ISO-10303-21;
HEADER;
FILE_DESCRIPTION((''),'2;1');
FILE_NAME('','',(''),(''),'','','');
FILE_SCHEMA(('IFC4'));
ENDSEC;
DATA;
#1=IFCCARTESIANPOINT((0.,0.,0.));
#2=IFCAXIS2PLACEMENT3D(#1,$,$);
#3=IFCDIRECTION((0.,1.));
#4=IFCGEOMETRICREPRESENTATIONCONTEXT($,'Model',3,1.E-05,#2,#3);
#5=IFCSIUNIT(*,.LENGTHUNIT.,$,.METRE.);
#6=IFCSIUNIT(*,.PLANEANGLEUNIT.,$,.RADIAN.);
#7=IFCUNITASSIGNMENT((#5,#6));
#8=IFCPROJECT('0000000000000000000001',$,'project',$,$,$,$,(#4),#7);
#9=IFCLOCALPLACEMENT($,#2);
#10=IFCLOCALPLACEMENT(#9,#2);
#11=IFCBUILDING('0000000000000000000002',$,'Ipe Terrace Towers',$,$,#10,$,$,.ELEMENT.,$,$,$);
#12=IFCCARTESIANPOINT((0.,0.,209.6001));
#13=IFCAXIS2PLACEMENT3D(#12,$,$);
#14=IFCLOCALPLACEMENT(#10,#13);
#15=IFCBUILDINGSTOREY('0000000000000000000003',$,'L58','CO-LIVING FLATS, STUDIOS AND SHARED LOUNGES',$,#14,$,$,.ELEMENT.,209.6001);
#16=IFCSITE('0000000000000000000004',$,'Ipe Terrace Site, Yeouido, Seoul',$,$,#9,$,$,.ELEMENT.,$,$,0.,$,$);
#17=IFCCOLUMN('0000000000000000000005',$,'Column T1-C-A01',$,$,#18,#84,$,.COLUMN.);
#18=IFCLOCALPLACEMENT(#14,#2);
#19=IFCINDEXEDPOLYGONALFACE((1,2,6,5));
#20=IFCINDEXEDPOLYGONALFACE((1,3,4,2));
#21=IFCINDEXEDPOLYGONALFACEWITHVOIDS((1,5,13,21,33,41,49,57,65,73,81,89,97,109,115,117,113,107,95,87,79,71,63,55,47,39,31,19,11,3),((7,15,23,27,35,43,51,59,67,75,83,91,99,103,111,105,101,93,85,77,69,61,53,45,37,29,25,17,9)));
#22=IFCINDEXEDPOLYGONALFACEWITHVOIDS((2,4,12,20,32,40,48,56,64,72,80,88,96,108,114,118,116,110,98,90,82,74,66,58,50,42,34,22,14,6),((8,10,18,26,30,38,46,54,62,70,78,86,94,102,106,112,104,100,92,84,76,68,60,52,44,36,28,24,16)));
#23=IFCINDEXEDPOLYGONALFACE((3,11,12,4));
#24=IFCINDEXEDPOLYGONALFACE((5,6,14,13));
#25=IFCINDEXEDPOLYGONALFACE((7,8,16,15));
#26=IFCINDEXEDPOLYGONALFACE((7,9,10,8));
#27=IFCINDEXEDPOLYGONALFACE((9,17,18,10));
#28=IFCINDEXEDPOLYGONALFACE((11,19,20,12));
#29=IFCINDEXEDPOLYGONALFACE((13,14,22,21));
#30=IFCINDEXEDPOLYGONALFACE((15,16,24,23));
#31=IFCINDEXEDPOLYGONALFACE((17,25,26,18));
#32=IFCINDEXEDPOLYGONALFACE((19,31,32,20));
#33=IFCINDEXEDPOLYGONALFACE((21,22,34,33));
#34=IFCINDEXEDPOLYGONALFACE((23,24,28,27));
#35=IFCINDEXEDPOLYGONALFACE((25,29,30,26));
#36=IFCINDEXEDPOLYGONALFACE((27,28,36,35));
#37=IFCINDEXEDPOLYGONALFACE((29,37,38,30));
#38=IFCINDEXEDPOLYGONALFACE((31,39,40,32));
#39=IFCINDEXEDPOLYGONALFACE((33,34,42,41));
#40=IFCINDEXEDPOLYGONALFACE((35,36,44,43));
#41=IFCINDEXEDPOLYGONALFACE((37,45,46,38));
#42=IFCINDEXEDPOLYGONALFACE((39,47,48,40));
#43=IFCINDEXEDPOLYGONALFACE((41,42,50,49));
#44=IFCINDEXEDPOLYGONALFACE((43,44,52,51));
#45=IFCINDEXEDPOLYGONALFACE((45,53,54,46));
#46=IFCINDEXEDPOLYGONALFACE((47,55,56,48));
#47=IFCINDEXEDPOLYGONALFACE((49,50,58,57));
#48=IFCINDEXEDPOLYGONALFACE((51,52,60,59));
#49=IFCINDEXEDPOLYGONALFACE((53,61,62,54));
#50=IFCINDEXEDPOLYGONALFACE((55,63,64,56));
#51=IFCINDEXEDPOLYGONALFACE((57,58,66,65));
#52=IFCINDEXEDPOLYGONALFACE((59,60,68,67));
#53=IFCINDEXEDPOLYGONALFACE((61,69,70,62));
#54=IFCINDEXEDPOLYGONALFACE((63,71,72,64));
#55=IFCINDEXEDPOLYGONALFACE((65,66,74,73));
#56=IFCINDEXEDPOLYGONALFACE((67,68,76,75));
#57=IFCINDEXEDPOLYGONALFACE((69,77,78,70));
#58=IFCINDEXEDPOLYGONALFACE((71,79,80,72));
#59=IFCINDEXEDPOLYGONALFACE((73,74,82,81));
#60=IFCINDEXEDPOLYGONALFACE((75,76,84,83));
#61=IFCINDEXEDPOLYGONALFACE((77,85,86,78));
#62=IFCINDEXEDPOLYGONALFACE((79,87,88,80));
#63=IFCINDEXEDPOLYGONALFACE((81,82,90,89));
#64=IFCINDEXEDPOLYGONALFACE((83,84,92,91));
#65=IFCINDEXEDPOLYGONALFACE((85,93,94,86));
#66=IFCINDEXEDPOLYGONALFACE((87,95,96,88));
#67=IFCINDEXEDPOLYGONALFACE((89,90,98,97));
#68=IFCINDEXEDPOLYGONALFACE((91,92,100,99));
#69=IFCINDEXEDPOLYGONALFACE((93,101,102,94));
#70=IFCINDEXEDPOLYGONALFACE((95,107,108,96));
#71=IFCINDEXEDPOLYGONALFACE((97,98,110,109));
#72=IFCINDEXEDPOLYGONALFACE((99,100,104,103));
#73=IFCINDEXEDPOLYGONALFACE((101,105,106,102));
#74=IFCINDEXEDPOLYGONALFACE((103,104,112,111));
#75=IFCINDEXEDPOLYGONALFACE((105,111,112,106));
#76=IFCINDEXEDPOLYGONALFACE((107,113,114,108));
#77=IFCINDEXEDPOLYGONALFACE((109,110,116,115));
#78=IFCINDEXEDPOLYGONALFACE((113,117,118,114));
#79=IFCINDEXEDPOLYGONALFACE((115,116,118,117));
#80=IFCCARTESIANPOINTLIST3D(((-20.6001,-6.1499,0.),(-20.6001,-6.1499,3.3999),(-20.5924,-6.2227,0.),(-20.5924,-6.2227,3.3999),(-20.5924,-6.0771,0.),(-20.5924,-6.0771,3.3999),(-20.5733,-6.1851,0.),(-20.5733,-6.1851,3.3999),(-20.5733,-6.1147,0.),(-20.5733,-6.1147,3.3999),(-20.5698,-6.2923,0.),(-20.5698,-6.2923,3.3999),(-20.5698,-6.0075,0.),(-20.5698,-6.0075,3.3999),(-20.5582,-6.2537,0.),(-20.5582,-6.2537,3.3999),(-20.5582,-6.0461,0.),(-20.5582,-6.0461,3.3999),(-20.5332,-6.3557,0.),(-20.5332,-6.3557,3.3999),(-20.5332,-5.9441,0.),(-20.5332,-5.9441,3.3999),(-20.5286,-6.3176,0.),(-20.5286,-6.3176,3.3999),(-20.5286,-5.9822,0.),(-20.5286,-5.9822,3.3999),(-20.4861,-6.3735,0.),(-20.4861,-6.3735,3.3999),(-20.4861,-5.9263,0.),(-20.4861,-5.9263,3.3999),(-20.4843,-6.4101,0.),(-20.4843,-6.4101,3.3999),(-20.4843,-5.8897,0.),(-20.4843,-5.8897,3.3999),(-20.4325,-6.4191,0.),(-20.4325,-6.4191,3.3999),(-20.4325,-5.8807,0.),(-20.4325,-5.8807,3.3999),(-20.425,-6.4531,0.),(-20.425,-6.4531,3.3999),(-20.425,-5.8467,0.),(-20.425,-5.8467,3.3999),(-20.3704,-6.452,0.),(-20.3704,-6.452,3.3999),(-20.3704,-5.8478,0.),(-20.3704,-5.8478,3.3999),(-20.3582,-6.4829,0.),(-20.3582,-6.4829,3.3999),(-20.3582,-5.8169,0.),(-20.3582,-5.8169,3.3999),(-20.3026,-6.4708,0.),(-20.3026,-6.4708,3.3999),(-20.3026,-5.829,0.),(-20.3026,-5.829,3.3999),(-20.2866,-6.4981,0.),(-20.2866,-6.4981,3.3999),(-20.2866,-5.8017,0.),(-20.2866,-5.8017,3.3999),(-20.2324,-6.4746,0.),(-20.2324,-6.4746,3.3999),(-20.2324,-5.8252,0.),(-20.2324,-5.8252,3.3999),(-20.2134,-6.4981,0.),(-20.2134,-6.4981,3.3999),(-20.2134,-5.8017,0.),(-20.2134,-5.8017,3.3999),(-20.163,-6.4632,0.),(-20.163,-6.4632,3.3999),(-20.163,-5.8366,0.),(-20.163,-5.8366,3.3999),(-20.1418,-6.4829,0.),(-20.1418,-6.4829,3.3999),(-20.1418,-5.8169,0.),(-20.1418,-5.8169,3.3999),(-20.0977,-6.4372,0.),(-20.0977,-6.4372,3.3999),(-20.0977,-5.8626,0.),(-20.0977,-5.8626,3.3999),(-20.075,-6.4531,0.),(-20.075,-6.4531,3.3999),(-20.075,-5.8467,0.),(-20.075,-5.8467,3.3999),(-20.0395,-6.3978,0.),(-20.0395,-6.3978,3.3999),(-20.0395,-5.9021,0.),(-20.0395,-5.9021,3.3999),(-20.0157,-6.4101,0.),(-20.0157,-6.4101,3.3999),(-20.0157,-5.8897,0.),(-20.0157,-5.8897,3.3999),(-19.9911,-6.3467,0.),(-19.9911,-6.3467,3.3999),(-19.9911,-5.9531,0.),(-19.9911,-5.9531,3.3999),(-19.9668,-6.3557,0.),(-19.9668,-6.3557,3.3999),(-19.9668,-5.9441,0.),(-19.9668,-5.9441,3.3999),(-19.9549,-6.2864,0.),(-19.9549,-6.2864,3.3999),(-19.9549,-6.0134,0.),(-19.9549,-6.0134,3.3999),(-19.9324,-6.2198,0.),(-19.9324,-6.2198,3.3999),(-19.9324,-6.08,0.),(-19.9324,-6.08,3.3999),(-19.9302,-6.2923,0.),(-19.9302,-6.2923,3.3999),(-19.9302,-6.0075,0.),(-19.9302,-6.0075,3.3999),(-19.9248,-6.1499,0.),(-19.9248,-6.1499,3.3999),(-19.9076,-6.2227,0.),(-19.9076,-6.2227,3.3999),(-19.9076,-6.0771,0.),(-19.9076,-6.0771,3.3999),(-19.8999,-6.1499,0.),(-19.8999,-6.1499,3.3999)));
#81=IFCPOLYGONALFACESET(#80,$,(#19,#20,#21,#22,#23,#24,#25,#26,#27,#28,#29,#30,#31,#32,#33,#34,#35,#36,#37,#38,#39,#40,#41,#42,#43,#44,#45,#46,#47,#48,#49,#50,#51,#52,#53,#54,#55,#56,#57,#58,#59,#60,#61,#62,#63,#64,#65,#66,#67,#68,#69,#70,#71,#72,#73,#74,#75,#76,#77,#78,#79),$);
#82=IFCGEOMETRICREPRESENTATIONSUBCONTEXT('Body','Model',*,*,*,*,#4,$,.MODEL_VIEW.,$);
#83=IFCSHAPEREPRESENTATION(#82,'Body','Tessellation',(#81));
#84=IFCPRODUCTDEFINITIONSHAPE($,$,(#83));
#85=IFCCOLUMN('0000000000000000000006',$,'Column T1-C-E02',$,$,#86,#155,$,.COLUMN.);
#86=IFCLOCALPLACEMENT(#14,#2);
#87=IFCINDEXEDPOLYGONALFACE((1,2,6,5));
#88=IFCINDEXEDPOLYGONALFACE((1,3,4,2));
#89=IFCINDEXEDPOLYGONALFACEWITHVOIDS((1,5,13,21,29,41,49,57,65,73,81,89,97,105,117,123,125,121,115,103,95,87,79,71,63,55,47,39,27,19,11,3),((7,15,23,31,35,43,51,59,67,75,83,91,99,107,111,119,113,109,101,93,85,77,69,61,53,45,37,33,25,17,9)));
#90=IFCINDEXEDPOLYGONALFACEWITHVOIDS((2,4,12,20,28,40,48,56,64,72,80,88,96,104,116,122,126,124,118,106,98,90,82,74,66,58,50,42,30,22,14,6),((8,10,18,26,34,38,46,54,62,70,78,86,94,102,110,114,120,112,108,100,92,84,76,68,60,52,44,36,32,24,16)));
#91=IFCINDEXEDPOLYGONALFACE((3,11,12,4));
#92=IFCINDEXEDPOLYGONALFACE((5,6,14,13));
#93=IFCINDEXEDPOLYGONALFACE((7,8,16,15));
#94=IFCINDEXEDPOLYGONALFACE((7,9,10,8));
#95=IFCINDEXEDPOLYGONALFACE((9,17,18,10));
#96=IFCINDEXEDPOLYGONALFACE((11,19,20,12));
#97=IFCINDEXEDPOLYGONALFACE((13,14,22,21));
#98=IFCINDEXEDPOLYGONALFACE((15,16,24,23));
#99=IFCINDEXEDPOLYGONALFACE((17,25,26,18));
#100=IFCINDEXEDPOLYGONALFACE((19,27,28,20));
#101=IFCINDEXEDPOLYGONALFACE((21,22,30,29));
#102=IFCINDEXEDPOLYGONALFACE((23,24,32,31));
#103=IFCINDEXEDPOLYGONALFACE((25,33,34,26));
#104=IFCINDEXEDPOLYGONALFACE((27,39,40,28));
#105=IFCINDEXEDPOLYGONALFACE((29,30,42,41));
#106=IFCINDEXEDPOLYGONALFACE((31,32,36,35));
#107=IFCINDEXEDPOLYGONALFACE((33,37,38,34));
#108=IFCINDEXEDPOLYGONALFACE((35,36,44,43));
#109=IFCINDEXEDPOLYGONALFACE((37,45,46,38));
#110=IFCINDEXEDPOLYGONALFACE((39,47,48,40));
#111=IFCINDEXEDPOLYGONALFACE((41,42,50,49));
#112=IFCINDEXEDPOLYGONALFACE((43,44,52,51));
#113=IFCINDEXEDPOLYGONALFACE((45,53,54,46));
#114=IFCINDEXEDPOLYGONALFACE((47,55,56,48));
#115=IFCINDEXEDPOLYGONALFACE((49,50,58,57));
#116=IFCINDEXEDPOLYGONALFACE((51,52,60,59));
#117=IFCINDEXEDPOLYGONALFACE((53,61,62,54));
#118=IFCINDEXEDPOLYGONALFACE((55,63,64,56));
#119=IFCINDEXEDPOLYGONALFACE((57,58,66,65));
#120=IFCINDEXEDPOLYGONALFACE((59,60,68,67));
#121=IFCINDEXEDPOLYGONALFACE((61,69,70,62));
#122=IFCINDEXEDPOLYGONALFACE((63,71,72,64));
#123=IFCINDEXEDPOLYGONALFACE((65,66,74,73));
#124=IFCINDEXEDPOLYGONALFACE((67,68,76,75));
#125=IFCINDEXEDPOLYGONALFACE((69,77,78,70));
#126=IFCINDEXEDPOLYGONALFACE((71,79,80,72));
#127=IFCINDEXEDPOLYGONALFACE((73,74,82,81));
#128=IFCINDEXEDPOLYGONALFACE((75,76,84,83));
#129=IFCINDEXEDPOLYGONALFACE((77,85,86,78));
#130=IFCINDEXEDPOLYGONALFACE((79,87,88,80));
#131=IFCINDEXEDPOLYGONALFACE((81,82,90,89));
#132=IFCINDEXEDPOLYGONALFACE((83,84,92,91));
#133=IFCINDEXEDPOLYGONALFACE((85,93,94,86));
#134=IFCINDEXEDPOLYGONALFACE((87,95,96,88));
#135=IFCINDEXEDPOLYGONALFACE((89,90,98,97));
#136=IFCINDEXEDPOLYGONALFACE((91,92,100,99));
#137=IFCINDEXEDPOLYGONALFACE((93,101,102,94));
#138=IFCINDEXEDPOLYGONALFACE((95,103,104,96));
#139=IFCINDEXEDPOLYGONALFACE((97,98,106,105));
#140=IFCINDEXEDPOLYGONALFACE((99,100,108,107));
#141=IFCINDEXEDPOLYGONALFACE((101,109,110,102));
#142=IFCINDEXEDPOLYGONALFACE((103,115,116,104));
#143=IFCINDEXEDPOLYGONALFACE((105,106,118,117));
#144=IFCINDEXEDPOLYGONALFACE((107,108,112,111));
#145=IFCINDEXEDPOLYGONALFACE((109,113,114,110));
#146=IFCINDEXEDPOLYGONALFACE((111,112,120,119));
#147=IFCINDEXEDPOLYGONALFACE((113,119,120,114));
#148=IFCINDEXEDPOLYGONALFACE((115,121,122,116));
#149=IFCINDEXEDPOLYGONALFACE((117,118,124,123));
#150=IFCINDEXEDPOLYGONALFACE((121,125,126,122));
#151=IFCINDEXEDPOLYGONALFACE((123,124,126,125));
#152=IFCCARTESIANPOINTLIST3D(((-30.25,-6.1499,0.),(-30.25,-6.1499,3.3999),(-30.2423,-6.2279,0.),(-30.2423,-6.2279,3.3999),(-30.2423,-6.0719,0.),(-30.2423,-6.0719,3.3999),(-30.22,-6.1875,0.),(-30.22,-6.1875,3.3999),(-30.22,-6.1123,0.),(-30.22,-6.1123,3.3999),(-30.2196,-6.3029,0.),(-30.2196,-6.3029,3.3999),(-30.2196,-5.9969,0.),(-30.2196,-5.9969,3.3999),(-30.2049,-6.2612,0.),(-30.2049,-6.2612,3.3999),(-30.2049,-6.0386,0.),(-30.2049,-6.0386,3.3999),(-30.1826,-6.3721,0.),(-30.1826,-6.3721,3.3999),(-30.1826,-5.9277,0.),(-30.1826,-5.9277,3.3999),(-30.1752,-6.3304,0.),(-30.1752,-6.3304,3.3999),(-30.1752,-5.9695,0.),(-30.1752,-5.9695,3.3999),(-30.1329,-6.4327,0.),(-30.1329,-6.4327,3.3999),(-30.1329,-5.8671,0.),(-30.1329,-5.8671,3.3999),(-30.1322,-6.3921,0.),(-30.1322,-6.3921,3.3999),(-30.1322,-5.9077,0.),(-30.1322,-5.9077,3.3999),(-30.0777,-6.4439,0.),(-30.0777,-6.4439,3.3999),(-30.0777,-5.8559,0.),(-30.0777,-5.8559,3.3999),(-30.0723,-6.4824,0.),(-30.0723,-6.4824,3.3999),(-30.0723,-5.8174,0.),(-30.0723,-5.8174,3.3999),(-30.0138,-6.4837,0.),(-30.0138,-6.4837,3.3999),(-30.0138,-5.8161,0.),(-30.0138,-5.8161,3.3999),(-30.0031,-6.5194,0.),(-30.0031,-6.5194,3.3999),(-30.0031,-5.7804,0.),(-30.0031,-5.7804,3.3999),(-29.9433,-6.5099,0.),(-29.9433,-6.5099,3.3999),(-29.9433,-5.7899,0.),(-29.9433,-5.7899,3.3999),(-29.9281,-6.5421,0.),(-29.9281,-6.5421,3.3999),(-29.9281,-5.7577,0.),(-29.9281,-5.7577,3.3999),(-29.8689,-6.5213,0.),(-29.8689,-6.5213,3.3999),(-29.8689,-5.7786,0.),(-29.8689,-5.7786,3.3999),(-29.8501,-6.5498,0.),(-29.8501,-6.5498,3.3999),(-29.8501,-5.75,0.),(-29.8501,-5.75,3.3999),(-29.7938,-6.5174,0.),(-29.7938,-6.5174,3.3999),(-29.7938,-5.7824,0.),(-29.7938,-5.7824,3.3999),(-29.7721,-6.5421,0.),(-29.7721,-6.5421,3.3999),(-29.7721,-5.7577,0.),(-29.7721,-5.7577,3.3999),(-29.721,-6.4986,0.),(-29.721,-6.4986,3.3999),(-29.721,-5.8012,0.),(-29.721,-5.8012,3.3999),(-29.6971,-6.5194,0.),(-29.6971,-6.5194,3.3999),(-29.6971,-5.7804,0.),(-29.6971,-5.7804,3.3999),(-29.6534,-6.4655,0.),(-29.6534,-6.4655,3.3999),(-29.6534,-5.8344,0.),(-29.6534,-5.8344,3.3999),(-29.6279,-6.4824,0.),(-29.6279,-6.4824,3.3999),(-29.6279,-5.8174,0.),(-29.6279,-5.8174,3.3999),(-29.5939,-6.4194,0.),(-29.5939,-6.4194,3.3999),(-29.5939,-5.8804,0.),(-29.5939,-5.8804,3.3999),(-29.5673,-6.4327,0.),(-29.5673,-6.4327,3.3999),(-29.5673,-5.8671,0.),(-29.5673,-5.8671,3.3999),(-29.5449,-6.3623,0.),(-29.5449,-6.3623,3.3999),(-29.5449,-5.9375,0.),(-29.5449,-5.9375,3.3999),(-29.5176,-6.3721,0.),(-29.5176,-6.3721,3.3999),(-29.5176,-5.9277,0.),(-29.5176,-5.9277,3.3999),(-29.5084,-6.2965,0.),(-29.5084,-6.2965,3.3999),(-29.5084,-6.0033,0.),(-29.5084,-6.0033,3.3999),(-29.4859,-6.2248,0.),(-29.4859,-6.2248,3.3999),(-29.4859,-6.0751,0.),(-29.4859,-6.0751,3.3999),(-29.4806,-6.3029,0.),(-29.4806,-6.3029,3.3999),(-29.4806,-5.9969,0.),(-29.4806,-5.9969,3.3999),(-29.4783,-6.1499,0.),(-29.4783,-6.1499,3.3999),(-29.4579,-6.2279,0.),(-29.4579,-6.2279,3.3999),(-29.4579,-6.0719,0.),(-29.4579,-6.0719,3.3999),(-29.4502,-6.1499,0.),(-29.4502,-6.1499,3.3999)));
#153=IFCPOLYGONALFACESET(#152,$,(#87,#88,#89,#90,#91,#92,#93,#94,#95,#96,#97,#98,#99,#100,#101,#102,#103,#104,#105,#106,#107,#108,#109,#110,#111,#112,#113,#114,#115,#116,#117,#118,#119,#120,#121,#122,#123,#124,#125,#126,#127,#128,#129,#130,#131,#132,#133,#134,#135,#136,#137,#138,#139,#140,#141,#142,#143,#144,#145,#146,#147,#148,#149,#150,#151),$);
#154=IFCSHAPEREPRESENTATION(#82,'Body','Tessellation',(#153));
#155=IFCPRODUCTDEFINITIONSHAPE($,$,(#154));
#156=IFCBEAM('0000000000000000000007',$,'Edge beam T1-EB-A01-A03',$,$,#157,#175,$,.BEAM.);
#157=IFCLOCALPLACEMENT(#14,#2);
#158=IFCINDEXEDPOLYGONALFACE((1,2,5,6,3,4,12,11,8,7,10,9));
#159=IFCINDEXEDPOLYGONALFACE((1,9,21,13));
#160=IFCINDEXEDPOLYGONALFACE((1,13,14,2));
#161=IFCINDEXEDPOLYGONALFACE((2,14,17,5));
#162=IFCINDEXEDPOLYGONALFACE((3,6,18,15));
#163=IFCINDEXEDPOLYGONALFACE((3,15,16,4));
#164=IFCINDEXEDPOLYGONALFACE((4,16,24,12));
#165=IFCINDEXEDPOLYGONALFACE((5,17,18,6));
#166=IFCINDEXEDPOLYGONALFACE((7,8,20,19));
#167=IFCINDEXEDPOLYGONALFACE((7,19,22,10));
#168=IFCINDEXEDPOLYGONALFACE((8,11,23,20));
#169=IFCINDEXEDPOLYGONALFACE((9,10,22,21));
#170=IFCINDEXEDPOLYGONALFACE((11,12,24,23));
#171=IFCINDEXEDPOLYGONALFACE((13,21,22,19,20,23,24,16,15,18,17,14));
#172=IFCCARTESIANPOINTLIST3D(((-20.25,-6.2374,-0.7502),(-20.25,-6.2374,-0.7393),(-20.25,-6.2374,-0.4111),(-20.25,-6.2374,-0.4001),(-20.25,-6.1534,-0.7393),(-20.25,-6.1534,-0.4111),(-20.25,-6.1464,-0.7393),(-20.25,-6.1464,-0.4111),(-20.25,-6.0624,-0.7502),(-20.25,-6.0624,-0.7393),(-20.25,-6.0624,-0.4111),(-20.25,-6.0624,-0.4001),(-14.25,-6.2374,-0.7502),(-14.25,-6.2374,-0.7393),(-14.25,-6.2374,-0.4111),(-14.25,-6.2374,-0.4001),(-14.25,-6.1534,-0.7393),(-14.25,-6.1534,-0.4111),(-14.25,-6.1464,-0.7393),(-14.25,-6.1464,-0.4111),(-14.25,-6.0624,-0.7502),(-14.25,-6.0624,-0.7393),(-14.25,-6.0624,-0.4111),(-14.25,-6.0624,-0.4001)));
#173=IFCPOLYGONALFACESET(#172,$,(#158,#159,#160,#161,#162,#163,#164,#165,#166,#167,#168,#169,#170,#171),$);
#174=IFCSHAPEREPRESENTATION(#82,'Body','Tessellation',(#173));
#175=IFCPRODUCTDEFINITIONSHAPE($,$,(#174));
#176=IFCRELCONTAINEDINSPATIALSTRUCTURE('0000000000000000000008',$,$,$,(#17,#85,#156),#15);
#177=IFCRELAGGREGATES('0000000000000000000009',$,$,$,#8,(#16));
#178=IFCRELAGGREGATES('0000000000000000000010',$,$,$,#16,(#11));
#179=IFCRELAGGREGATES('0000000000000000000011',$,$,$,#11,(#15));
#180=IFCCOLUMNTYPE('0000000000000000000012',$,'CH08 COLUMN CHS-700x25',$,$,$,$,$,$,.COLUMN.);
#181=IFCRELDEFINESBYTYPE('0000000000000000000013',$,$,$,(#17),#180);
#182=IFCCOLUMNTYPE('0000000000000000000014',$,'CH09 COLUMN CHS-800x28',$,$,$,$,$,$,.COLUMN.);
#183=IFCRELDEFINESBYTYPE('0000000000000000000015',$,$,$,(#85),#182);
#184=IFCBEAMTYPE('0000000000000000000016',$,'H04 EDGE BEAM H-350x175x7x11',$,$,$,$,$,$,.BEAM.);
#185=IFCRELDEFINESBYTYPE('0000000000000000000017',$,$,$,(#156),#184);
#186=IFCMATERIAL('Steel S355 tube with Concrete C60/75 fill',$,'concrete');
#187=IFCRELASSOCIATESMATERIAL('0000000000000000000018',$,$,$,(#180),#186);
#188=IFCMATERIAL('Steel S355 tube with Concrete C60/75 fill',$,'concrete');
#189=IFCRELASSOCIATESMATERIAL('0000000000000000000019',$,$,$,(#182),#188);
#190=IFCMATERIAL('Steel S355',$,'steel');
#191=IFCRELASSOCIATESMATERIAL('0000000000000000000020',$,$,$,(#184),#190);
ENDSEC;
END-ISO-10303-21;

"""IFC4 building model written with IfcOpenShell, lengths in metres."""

from ifc_helpers import new_model, si_unit, direction, frame, origin, origin_2d, place, context, subcontext, project, spatial, hollow_circle, i_section, extrude, material, material_profile, profile_set, type_object, element, save


model = new_model("IFC4")

# Units and contexts
model_context = context("Model", 3, precision=1e-05, world=origin(), true_north=direction((0.0, 1.0)))
body_context = subcontext(model_context, "Body", "Model", "MODEL_VIEW")
ifc_project = project(units=[si_unit("LENGTHUNIT", "METRE"), si_unit("PLANEANGLEUNIT", "RADIAN")], contexts=[model_context])

# Site, building, storey
site_placement = place(None, origin())
site = spatial("IfcSite", under=ifc_project, at=site_placement, Name="Ipe Terrace Site, Yeouido, Seoul", CompositionType="ELEMENT", RefElevation=0.0)
building_placement = place(site_placement, origin())
building = spatial("IfcBuilding", under=site, at=building_placement, Name="Ipe Terrace Towers", CompositionType="ELEMENT")
storey_placement = place(building_placement, frame((0.0, 0.0, 209.6001)))
storey = spatial("IfcBuildingStorey", under=building, at=storey_placement, Name="L58", Description="CO-LIVING FLATS, STUDIOS AND SHARED LOUNGES", CompositionType="ELEMENT", Elevation=209.6001)

# Columns
ifc_material_1 = material(Name="Steel S355 tube with Concrete C60/75 fill", Category="concrete")
ifc_material_profile_1 = material_profile(ifc_material_1, hollow_circle(Radius=0.3501, WallThickness=0.0249, at=origin_2d()), Name="CHS-700x25")
ifc_profile_set_1 = profile_set([ifc_material_profile_1], Name="Steel S355 tube with Concrete C60/75 fill")
column_type_1 = type_object("IfcColumnType", Name="CH08 COLUMN CHS-700x25", PredefinedType="COLUMN", material=ifc_profile_set_1)
column_1_placement = place(storey_placement, frame((-20.25, -6.1499, 0.0), z_axis=(0.0, 0.0, 1.0), x_axis=(1.0, 0.0, 0.0)))
element("IfcColumn", 1, at=column_1_placement, inside=storey, type_object=column_type_1, Name="Column T1-C-A01", PredefinedType="COLUMN", context=body_context, shape_type="SweptSolid", body=[
    extrude(hollow_circle(Radius=0.3501, WallThickness=0.0249, at=origin_2d()), origin(), (0.0, 0.0, 1.0), 3.3999),
])
ifc_material_2 = material(Name="Steel S355 tube with Concrete C60/75 fill", Category="concrete")
ifc_material_profile_2 = material_profile(ifc_material_2, hollow_circle(Radius=0.3999, WallThickness=0.0281, at=origin_2d()), Name="CHS-800x28")
ifc_profile_set_2 = profile_set([ifc_material_profile_2], Name="Steel S355 tube with Concrete C60/75 fill")
column_type_2 = type_object("IfcColumnType", Name="CH09 COLUMN CHS-800x28", PredefinedType="COLUMN", material=ifc_profile_set_2)
column_2_placement = place(storey_placement, frame((-29.8501, -6.1499, 0.0), z_axis=(0.0, 0.0, 1.0), x_axis=(1.0, 0.0, 0.0)))
element("IfcColumn", 2, at=column_2_placement, inside=storey, type_object=column_type_2, Name="Column T1-C-E02", PredefinedType="COLUMN", context=body_context, shape_type="SweptSolid", body=[
    extrude(hollow_circle(Radius=0.3999, WallThickness=0.0281, at=origin_2d()), origin(), (0.0, 0.0, 1.0), 3.3999),
])

# Beam
ifc_material_3 = material(Name="Steel S355", Category="steel")
ifc_material_profile_3 = material_profile(ifc_material_3, i_section(OverallWidth=0.175, OverallDepth=0.3501, WebThickness=0.0071, FlangeThickness=0.011, at=origin_2d()), Name="H-350x175x7x11")
ifc_profile_set_3 = profile_set([ifc_material_profile_3], Name="Steel S355")
beam_type = type_object("IfcBeamType", Name="H04 EDGE BEAM H-350x175x7x11", PredefinedType="BEAM", material=ifc_profile_set_3)
beam_placement = place(storey_placement, frame((-20.25, -6.1499, -0.5752), z_axis=(1.0, 0.0, 0.0), x_axis=(0.0, 1.0, 0.0)))
element("IfcBeam", 3, at=beam_placement, inside=storey, type_object=beam_type, Name="Edge beam T1-EB-A01-A03", PredefinedType="BEAM", context=body_context, shape_type="SweptSolid", body=[
    extrude(i_section(OverallWidth=0.175, OverallDepth=0.3501, WebThickness=0.0071, FlangeThickness=0.011, at=origin_2d()), origin(), (0.0, 0.0, 1.0), 6.0),
])

save(model, "model.ifc")
